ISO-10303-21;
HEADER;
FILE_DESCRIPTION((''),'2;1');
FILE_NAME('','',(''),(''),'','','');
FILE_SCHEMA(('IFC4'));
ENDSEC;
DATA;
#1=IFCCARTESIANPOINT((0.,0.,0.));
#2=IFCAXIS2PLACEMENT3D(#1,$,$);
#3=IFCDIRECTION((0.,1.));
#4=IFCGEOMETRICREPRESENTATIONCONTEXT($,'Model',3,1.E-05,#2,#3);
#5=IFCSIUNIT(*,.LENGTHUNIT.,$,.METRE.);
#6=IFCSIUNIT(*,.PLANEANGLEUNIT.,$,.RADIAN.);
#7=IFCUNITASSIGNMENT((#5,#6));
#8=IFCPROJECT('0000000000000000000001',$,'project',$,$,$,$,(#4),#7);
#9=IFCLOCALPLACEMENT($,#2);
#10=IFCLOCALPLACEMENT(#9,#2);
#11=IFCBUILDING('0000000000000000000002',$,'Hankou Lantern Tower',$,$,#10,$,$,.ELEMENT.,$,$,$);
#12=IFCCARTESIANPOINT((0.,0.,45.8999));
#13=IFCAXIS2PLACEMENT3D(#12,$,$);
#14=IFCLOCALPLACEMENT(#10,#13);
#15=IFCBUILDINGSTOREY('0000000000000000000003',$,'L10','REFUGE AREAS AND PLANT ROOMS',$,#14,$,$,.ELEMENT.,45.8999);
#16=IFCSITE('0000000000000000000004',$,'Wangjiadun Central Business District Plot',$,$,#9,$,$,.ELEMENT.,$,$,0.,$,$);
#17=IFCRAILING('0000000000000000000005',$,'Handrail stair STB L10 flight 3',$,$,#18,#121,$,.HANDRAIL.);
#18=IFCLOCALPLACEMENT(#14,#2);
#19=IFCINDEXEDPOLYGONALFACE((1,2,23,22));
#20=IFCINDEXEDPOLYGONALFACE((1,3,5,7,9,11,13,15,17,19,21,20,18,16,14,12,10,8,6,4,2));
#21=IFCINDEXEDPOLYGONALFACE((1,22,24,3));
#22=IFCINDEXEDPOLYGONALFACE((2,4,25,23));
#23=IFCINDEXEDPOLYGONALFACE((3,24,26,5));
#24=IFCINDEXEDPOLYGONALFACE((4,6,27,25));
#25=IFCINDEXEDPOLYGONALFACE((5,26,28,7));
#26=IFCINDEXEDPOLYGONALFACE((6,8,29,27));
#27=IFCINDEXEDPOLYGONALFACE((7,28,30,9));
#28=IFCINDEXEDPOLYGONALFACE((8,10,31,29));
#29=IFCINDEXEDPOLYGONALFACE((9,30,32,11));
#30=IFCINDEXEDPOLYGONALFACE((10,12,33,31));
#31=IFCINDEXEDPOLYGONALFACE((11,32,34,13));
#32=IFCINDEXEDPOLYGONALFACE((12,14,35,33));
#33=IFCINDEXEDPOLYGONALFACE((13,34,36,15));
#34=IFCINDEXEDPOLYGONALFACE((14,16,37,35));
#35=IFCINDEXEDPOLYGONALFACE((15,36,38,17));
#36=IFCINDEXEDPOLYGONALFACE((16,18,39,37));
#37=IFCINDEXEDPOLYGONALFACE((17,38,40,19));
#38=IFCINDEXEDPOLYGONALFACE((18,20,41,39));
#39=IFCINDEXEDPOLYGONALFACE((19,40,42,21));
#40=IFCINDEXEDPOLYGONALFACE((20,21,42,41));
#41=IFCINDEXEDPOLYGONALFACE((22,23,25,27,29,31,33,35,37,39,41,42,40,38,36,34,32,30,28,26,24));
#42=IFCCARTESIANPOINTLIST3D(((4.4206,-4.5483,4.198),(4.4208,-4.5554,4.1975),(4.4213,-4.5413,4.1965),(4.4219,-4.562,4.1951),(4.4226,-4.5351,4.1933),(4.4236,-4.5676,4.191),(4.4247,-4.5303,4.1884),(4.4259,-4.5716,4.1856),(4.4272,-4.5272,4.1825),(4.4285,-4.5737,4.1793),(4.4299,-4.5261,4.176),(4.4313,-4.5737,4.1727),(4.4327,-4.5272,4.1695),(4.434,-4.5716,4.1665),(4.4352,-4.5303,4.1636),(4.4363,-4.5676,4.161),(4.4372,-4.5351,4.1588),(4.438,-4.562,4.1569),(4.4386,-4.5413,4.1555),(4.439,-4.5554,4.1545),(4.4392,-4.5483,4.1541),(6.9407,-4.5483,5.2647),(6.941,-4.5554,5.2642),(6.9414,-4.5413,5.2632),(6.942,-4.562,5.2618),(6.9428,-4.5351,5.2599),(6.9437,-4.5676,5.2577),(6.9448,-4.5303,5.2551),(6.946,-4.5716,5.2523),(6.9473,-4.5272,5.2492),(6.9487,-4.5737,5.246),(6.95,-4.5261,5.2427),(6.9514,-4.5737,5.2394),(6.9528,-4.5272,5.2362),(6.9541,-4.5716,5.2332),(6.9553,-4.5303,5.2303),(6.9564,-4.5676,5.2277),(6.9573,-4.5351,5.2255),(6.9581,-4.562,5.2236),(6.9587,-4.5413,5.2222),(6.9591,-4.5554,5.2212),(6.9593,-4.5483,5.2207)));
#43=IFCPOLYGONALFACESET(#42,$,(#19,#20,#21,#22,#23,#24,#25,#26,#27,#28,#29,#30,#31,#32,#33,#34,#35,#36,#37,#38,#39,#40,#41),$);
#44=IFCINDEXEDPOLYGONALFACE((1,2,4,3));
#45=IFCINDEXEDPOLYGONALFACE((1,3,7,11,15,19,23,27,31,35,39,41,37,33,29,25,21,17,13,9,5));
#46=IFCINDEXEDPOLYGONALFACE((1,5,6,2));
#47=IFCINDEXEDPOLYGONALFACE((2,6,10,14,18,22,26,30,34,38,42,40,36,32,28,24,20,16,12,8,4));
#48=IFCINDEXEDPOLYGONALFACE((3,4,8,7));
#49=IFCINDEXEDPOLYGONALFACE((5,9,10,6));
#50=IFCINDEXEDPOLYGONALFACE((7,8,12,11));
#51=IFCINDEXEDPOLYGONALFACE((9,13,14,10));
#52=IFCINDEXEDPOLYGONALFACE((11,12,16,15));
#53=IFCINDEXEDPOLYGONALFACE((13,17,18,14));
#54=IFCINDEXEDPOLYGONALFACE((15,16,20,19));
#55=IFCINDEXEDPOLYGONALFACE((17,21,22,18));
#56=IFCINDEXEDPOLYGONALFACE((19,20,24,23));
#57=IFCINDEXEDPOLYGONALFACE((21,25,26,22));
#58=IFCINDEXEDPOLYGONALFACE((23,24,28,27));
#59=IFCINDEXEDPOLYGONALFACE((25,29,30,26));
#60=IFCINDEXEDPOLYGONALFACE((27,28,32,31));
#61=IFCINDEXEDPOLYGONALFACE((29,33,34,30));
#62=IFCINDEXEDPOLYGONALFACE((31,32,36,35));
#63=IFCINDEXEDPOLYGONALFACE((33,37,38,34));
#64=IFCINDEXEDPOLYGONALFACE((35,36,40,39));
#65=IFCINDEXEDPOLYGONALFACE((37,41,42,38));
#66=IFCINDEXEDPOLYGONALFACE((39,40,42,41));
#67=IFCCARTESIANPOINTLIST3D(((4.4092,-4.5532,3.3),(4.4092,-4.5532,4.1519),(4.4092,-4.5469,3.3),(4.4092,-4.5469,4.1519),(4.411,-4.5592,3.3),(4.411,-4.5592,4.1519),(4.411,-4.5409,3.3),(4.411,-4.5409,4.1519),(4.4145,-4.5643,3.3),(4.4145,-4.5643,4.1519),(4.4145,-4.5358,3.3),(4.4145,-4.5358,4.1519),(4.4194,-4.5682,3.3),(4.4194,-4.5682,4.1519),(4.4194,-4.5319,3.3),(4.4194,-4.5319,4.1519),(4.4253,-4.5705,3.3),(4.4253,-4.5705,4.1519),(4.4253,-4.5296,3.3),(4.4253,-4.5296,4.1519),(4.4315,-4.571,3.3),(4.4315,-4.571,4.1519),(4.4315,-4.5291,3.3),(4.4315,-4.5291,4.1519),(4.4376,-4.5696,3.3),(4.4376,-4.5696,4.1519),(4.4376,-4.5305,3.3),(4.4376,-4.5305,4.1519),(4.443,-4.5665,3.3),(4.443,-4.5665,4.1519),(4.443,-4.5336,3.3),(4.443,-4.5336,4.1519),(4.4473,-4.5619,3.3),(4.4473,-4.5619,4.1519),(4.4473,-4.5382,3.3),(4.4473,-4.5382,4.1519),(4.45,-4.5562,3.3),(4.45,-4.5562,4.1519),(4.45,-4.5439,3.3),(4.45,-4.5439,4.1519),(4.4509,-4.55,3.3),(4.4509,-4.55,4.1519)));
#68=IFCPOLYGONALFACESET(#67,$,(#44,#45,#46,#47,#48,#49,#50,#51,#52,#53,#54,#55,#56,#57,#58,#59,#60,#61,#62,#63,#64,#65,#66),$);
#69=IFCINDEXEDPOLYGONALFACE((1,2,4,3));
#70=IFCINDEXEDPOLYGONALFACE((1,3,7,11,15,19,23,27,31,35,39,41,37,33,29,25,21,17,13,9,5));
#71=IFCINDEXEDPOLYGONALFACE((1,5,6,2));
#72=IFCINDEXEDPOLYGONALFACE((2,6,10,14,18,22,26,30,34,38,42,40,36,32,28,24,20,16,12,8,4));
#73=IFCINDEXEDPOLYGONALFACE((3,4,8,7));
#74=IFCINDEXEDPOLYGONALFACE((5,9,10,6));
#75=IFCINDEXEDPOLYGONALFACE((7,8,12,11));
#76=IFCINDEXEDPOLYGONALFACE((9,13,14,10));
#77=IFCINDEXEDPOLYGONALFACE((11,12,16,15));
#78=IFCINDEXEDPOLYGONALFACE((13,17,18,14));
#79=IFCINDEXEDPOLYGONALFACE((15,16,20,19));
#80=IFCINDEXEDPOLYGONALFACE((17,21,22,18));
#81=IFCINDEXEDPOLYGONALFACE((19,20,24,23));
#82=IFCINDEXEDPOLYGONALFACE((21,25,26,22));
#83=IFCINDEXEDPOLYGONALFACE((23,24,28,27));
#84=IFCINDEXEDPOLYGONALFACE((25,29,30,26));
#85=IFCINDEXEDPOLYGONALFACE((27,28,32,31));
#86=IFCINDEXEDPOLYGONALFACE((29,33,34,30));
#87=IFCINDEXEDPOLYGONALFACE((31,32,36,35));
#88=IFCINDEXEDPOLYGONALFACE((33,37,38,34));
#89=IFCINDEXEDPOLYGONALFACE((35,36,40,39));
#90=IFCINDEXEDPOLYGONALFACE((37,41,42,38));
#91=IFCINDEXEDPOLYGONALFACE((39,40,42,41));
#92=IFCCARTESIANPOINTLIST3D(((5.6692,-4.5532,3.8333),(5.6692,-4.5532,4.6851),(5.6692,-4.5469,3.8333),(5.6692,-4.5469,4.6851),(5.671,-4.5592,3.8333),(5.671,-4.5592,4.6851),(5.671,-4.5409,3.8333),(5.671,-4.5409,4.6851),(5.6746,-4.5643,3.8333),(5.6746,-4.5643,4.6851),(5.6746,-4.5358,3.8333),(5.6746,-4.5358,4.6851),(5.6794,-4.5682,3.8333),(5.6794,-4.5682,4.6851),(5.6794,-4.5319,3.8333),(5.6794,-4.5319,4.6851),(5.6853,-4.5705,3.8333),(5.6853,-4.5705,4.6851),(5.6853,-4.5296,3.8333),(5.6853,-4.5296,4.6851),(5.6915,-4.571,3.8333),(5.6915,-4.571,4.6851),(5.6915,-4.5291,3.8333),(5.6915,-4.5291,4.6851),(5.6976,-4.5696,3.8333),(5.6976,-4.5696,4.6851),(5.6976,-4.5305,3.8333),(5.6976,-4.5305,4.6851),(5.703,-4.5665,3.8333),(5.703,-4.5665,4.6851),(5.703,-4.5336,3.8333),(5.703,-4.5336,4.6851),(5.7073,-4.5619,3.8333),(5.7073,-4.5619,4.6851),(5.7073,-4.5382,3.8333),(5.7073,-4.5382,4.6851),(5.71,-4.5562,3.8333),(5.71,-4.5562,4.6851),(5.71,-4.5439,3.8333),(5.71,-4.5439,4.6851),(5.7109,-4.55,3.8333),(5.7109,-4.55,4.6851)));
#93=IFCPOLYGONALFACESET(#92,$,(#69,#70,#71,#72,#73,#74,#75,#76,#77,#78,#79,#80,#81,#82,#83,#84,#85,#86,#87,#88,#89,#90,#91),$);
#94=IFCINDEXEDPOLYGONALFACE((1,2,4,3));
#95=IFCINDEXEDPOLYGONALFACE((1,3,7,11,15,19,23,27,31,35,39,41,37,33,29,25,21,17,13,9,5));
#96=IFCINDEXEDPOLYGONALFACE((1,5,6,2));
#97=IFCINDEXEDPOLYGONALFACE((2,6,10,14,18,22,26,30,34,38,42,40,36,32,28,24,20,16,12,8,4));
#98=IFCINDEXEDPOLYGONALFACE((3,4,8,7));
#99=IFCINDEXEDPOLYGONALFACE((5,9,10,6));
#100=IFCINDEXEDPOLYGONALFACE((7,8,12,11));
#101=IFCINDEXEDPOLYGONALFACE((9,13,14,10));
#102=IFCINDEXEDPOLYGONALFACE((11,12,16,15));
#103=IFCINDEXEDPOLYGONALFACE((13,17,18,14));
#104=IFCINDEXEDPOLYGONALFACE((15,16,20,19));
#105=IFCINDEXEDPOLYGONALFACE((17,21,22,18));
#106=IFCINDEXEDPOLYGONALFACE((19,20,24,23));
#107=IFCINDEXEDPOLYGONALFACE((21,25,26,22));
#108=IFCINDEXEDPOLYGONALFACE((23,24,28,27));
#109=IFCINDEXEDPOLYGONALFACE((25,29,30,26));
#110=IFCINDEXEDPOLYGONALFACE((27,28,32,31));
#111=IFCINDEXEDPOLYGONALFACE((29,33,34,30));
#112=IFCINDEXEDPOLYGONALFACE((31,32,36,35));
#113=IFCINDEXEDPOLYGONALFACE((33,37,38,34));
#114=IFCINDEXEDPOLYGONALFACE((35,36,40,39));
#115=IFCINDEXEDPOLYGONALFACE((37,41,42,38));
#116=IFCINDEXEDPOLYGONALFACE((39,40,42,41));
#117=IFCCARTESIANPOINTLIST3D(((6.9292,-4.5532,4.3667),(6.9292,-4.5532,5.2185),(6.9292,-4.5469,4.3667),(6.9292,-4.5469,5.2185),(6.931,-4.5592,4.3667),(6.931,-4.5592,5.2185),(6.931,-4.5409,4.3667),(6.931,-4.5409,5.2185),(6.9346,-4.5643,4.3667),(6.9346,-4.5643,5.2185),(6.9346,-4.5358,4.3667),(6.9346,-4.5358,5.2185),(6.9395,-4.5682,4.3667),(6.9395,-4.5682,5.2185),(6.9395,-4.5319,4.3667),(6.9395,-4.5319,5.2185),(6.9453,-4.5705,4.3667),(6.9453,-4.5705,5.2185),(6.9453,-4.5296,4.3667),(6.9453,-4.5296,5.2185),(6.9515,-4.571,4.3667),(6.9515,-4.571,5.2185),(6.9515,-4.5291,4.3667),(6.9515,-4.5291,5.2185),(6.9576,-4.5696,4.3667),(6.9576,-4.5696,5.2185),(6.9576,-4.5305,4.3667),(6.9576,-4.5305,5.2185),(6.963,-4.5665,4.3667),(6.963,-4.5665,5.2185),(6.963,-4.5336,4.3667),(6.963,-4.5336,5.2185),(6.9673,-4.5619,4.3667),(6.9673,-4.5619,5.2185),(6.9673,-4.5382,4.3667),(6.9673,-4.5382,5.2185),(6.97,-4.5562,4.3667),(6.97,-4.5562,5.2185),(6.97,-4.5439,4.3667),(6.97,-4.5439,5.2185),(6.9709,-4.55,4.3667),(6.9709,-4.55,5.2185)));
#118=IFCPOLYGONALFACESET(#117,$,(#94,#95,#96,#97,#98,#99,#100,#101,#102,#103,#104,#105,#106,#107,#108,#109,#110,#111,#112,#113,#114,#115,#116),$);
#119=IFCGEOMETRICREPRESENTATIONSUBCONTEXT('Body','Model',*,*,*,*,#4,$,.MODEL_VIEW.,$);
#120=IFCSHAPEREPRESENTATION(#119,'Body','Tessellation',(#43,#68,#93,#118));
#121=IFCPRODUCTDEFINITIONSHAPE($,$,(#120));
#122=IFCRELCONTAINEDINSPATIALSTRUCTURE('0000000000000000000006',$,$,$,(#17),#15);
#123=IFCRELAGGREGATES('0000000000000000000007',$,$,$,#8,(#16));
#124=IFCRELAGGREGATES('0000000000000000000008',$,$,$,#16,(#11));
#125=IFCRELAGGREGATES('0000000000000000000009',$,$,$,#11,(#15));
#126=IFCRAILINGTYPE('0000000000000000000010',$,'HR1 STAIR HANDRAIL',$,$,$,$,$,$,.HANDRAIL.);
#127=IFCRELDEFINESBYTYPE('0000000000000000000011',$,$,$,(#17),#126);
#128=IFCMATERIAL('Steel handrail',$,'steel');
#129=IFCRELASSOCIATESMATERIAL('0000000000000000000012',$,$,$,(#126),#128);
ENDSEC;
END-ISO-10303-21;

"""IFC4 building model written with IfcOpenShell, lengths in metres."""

from ifc_helpers import new_model, si_unit, direction, frame, origin, origin_2d, place, context, subcontext, project, spatial, circle, extrude, material, type_object, element, save


model = new_model("IFC4")

# Units and contexts
model_context = context("Model", 3, precision=1e-05, world=origin(), true_north=direction((0.0, 1.0)))
body_context = subcontext(model_context, "Body", "Model", "MODEL_VIEW")
ifc_project = project(units=[si_unit("LENGTHUNIT", "METRE"), si_unit("PLANEANGLEUNIT", "RADIAN")], contexts=[model_context])

# Site, building, storey
site_placement = place(None, origin())
site = spatial("IfcSite", under=ifc_project, at=site_placement, Name="Wangjiadun Central Business District Plot", CompositionType="ELEMENT", RefElevation=0.0)
building_placement = place(site_placement, origin())
building = spatial("IfcBuilding", under=site, at=building_placement, Name="Hankou Lantern Tower", CompositionType="ELEMENT")
storey_placement = place(building_placement, frame((0.0, 0.0, 45.8999)))
storey = spatial("IfcBuildingStorey", under=building, at=storey_placement, Name="L10", Description="REFUGE AREAS AND PLANT ROOMS", CompositionType="ELEMENT", Elevation=45.8999)

# Railing
ifc_material_1 = material(Name="Steel handrail", Category="steel")
railing_type = type_object("IfcRailingType", Name="HR1 STAIR HANDRAIL", PredefinedType="HANDRAIL", material=ifc_material_1)
railing_1_placement = place(storey_placement, frame((4.4299, -4.55, 3.3)))
element("IfcRailing", 1, at=railing_1_placement, inside=storey, type_object=railing_type, Name="Handrail stair STB L10 flight 3", PredefinedType="HANDRAIL", context=body_context, shape_type="SweptSolid", body=[
    extrude(circle(Radius=0.0239, at=origin_2d()), frame((0.0, 0.0, 0.876), z_axis=(0.920903, 0.0, 0.389791), x_axis=(0.0, 1.0, 0.0)), (0.0, 0.0, 1.0), 2.7366),
    extrude(circle(Radius=0.021, at=origin_2d()), origin(), (0.0, 0.0, 1.0), 0.8518),
    extrude(circle(Radius=0.021, at=origin_2d()), frame((1.26, 0.0, 0.5332)), (0.0, 0.0, 1.0), 0.8518),
    extrude(circle(Radius=0.021, at=origin_2d()), frame((2.52, 0.0, 1.0667)), (0.0, 0.0, 1.0), 0.8518),
])

save(model, "model.ifc")
